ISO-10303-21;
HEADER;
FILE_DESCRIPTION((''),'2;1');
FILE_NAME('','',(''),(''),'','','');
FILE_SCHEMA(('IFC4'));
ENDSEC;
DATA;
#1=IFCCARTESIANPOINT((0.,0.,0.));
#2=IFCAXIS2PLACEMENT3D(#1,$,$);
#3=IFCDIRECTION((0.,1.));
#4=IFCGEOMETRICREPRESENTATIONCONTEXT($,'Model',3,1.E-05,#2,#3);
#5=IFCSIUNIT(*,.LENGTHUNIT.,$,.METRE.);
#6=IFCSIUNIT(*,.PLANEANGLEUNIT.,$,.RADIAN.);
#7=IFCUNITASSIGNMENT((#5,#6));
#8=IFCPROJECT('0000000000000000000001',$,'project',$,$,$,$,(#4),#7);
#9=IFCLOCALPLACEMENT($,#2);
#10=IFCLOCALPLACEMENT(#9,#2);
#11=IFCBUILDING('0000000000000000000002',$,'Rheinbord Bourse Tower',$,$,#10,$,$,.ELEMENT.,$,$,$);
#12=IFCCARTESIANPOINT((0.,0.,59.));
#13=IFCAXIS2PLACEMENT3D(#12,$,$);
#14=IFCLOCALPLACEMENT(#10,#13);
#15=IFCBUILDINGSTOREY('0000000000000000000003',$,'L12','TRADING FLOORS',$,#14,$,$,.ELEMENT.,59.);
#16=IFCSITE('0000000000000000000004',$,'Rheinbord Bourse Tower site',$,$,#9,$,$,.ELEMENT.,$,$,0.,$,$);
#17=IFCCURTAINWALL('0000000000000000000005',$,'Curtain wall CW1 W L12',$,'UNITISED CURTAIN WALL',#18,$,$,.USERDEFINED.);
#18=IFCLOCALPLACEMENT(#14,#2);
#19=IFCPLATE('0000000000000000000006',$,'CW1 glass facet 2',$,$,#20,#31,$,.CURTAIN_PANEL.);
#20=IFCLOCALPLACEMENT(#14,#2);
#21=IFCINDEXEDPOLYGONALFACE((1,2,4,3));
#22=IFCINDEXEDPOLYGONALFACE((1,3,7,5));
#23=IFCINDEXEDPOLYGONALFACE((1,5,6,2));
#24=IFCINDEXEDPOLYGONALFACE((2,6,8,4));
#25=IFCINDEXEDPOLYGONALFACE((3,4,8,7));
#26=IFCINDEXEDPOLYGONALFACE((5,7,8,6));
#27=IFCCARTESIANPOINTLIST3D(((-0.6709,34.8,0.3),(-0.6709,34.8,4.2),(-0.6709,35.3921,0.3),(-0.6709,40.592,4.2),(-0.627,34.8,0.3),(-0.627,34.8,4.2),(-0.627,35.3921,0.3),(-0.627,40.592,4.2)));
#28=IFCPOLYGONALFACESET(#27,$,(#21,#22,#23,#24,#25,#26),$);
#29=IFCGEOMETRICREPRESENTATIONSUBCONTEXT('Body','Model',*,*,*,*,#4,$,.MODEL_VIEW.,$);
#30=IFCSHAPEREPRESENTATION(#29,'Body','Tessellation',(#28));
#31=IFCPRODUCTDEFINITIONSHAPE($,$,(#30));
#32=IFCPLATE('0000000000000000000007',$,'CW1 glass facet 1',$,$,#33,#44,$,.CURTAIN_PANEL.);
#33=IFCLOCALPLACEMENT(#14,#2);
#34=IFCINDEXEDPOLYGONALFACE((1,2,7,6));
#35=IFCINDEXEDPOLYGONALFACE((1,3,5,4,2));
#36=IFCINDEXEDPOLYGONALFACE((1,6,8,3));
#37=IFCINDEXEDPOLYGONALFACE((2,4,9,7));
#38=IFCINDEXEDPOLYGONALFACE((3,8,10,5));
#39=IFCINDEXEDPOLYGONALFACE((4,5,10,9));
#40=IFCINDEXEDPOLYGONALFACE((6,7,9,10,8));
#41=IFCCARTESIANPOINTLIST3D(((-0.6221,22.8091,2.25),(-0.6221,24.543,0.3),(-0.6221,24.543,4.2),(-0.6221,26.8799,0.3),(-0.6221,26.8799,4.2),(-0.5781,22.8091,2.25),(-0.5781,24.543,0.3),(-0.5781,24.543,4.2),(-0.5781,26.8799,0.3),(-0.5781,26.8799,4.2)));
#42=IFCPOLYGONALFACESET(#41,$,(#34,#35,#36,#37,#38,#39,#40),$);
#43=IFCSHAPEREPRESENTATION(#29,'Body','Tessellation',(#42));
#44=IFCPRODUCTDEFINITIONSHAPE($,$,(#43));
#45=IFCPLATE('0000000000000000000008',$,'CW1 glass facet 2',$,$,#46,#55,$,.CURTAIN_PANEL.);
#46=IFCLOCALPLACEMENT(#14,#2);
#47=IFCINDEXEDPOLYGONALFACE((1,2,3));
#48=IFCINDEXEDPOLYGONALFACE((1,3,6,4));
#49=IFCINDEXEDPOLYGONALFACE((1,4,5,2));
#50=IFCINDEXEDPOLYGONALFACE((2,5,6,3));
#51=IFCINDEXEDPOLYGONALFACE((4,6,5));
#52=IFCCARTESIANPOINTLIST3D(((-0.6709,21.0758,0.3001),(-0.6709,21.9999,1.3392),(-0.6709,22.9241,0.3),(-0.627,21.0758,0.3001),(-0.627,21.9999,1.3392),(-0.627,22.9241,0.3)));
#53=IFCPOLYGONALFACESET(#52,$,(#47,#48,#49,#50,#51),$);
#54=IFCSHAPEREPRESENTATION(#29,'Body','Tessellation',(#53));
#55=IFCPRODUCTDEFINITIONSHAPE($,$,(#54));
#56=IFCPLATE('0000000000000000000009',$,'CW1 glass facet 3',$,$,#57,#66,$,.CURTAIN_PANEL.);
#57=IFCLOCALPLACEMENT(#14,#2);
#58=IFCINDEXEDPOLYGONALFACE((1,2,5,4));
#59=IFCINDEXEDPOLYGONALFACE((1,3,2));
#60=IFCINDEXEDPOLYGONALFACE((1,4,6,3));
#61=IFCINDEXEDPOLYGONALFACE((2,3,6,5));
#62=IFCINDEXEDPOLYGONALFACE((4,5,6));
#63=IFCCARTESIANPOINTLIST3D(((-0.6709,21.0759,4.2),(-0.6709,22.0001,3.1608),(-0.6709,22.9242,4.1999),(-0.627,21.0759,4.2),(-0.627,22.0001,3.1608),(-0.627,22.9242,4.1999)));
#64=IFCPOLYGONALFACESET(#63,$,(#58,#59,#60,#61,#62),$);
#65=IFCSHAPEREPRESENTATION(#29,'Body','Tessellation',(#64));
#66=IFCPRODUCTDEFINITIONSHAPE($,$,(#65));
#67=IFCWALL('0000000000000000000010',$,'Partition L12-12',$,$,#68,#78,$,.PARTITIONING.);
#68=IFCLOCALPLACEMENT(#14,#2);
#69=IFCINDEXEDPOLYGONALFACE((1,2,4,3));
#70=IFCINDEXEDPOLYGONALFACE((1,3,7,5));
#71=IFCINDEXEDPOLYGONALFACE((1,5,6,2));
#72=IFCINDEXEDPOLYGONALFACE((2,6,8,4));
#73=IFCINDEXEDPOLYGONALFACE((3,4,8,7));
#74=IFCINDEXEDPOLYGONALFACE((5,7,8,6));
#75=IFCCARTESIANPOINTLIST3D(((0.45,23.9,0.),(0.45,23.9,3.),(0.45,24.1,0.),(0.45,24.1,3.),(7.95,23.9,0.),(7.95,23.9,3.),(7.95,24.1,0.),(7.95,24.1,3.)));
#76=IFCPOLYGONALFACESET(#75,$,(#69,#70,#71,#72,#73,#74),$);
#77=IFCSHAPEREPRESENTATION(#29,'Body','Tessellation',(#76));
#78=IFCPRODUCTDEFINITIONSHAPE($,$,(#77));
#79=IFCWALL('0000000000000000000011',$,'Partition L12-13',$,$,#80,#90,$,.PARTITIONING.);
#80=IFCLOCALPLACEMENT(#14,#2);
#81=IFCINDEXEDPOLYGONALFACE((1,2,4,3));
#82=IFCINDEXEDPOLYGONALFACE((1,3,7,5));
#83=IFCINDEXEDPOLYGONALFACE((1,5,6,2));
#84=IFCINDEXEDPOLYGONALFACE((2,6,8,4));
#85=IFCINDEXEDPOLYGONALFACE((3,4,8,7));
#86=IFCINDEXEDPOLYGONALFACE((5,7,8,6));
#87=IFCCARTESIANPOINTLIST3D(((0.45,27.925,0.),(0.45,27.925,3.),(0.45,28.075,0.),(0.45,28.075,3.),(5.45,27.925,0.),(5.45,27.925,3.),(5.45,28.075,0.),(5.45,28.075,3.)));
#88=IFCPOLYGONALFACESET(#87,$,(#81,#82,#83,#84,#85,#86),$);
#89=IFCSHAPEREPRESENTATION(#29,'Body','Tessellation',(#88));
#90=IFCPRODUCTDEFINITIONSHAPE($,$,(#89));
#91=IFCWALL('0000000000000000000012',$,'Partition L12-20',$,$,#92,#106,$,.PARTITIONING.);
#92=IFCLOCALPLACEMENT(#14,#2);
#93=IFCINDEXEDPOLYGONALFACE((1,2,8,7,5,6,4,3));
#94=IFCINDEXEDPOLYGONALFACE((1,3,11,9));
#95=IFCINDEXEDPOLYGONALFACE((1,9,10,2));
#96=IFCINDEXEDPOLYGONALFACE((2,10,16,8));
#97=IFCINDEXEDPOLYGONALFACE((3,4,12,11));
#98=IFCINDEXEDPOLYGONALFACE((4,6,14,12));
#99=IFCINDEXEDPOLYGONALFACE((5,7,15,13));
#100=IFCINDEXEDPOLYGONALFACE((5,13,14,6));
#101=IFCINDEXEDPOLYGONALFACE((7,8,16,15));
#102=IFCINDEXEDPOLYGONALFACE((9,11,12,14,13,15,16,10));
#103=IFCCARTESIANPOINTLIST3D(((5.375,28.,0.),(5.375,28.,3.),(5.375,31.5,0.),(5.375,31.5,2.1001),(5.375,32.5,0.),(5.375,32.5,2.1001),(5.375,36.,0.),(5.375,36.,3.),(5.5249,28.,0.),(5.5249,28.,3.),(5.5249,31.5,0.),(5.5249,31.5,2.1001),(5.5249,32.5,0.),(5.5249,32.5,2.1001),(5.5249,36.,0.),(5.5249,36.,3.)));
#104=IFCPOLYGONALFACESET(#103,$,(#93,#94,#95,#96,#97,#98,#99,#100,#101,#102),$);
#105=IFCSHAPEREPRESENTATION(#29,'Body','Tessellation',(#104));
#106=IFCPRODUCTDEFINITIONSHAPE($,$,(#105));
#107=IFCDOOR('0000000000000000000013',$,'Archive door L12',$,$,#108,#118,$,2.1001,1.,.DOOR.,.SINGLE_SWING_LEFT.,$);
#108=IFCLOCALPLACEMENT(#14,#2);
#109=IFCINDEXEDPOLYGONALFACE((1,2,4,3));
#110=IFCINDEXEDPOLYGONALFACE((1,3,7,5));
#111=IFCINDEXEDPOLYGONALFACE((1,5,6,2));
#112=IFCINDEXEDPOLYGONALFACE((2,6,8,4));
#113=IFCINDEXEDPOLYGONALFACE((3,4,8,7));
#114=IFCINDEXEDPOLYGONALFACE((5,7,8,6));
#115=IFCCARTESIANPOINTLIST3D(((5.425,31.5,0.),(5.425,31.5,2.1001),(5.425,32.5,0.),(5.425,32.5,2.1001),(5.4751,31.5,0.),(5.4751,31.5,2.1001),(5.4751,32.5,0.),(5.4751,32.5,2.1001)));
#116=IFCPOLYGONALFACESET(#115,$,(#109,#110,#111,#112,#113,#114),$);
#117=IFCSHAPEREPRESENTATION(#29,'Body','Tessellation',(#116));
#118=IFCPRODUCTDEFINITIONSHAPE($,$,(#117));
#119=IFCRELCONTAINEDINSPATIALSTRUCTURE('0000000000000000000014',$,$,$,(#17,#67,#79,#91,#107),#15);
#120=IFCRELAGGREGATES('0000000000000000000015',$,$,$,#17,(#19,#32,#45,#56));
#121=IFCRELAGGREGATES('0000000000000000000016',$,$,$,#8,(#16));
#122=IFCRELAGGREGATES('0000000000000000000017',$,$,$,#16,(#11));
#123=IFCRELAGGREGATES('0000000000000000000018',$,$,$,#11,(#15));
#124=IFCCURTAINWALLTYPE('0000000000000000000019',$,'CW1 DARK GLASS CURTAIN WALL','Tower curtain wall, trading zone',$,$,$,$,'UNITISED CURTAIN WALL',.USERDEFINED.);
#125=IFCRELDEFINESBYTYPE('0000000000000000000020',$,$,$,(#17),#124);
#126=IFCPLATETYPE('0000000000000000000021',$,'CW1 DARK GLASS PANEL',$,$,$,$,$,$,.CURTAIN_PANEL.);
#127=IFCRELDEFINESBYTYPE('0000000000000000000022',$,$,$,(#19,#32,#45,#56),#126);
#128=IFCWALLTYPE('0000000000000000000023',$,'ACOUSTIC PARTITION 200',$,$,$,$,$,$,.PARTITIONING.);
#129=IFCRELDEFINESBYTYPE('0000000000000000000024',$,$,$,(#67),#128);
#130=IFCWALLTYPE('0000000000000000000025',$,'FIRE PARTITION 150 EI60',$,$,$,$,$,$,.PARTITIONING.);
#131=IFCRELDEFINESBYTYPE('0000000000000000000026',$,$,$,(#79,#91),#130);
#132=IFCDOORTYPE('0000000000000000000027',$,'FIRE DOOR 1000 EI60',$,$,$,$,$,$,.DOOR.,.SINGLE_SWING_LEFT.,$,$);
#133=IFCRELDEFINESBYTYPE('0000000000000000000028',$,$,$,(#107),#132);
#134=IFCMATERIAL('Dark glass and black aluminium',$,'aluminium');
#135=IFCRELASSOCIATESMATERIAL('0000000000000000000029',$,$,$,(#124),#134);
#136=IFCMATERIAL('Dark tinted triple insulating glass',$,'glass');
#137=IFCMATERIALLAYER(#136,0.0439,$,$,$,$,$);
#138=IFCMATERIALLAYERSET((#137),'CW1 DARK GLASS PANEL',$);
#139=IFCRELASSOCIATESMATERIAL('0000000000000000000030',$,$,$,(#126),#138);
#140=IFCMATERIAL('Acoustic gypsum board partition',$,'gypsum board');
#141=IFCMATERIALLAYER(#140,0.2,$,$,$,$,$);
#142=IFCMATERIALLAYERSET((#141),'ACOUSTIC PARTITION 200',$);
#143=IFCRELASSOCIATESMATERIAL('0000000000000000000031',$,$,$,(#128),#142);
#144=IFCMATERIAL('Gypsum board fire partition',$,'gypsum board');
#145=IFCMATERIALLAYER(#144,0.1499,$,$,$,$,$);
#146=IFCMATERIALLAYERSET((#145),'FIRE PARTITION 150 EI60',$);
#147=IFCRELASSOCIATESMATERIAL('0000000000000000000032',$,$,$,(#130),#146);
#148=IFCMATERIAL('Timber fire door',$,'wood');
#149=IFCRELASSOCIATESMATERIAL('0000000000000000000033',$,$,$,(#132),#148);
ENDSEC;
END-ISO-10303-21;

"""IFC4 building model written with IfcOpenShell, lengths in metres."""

from ifc_helpers import new_model, si_unit, direction, frame, frame_2d, origin, place, context, subcontext, project, spatial, polyline, rectangle, outline, extrude, material, layer, layer_set, type_object, element, fill, aggregate, save


model = new_model("IFC4")

# Units and contexts
model_context = context("Model", 3, precision=1e-05, world=origin(), true_north=direction((0.0, 1.0)))
body_context = subcontext(model_context, "Body", "Model", "MODEL_VIEW")
ifc_project = project(units=[si_unit("LENGTHUNIT", "METRE"), si_unit("PLANEANGLEUNIT", "RADIAN")], contexts=[model_context])

# Site, building, storey
site_placement = place(None, origin())
site = spatial("IfcSite", under=ifc_project, at=site_placement, Name="Rheinbord Bourse Tower site", CompositionType="ELEMENT", RefElevation=0.0)
building_placement = place(site_placement, origin())
building = spatial("IfcBuilding", under=site, at=building_placement, Name="Rheinbord Bourse Tower", CompositionType="ELEMENT")
storey_placement = place(building_placement, frame((0.0, 0.0, 59.0)))
storey = spatial("IfcBuildingStorey", under=building, at=storey_placement, Name="L12", Description="TRADING FLOORS", CompositionType="ELEMENT", Elevation=59.0)

# Curtain wall
ifc_material_1 = material(Name="Dark glass and black aluminium", Category="aluminium")
curtain_wall_type = type_object("IfcCurtainWallType", Name="CW1 DARK GLASS CURTAIN WALL", Description="Tower curtain wall, trading zone", ElementType="UNITISED CURTAIN WALL", PredefinedType="USERDEFINED", material=ifc_material_1)
curtain_wall_placement = place(storey_placement, origin())
curtain_wall = element("IfcCurtainWall", 1, at=curtain_wall_placement, inside=storey, type_object=curtain_wall_type, Name="Curtain wall CW1 W L12", ObjectType="UNITISED CURTAIN WALL", PredefinedType="USERDEFINED")

# Plates
ifc_material_2 = material(Name="Dark tinted triple insulating glass", Category="glass")
ifc_layer_1 = layer(ifc_material_2, 0.0439)
ifc_layer_set_1 = layer_set([ifc_layer_1], Name="CW1 DARK GLASS PANEL")
plate_type = type_object("IfcPlateType", Name="CW1 DARK GLASS PANEL", PredefinedType="CURTAIN_PANEL", material=ifc_layer_set_1)
plate_1_placement = place(storey_placement, frame((-0.6709, 34.8, 4.2), z_axis=(1.0, 0.0, 0.0), x_axis=(0.0, 0.0, -1.0)))
plate_1 = element("IfcPlate", 2, at=plate_1_placement, type_object=plate_type, Name="CW1 glass facet 2", PredefinedType="CURTAIN_PANEL", context=body_context, shape_type="SweptSolid", body=[
    extrude(outline(polyline([(0.0, 0.0), (3.8999, 0.0), (3.8999, 0.592), (0.0, 5.792), (0.0, 0.0)])), origin(), (0.0, 0.0, 1.0), 0.0439),
])
plate_2_placement = place(storey_placement, frame((-0.6221, 26.8799, 0.3), z_axis=(1.0, 0.0, 0.0), x_axis=(0.0, 0.0, 1.0)))
plate_2 = element("IfcPlate", 3, at=plate_2_placement, type_object=plate_type, Name="CW1 glass facet 1", PredefinedType="CURTAIN_PANEL", context=body_context, shape_type="SweptSolid", body=[
    extrude(outline(polyline([(0.0, 0.0), (3.8999, 0.0), (3.8999, 2.3369), (1.95, 4.0708), (0.0, 2.3369), (0.0, 0.0)])), origin(), (0.0, 0.0, 1.0), 0.0439),
])
plate_3_placement = place(storey_placement, frame((-0.6709, 22.9241, 0.3), z_axis=(1.0, 0.0, 0.0), x_axis=(0.0, -0.664549, 0.747245)))
plate_3 = element("IfcPlate", 4, at=plate_3_placement, type_object=plate_type, Name="CW1 glass facet 2", PredefinedType="CURTAIN_PANEL", context=body_context, shape_type="SweptSolid", body=[
    extrude(outline(polyline([(0.0, 0.0), (1.3906, 0.0), (1.2283, 1.3811), (0.0, 0.0)])), origin(), (0.0, 0.0, 1.0), 0.0439),
])
plate_4_placement = place(storey_placement, frame((-0.6709, 21.0759, 4.2), z_axis=(1.0, 0.0, 0.0), x_axis=(0.0, 0.664549, -0.747245)))
plate_4 = element("IfcPlate", 5, at=plate_4_placement, type_object=plate_type, Name="CW1 glass facet 3", PredefinedType="CURTAIN_PANEL", context=body_context, shape_type="SweptSolid", body=[
    extrude(outline(polyline([(0.0, 0.0), (1.3906, 0.0), (1.2283, 1.3811), (0.0, 0.0)])), origin(), (0.0, 0.0, 1.0), 0.0439),
])
aggregate(curtain_wall, [plate_1, plate_2, plate_3, plate_4])

# Walls
ifc_material_3 = material(Name="Acoustic gypsum board partition", Category="gypsum board")
ifc_layer_2 = layer(ifc_material_3, 0.2)
ifc_layer_set_2 = layer_set([ifc_layer_2], Name="ACOUSTIC PARTITION 200")
wall_type_1 = type_object("IfcWallType", Name="ACOUSTIC PARTITION 200", PredefinedType="PARTITIONING", material=ifc_layer_set_2)
wall_1_placement = place(storey_placement, frame((0.45, 24.0, 0.0), z_axis=(0.0, 0.0, 1.0), x_axis=(1.0, 0.0, 0.0)))
element("IfcWall", 6, at=wall_1_placement, inside=storey, type_object=wall_type_1, Name="Partition L12-12", PredefinedType="PARTITIONING", context=body_context, shape_type="SweptSolid", body=[
    extrude(rectangle(XDim=7.5, YDim=0.2, at=frame_2d((3.75, 0.0))), origin(), (0.0, 0.0, 1.0), 3.0),
])
ifc_material_4 = material(Name="Gypsum board fire partition", Category="gypsum board")
ifc_layer_3 = layer(ifc_material_4, 0.1499)
ifc_layer_set_3 = layer_set([ifc_layer_3], Name="FIRE PARTITION 150 EI60")
wall_type_2 = type_object("IfcWallType", Name="FIRE PARTITION 150 EI60", PredefinedType="PARTITIONING", material=ifc_layer_set_3)
wall_2_placement = place(storey_placement, frame((0.45, 28.0, 0.0), z_axis=(0.0, 0.0, 1.0), x_axis=(1.0, 0.0, 0.0)))
element("IfcWall", 7, at=wall_2_placement, inside=storey, type_object=wall_type_2, Name="Partition L12-13", PredefinedType="PARTITIONING", context=body_context, shape_type="SweptSolid", body=[
    extrude(rectangle(XDim=5.0, YDim=0.1499, at=frame_2d((2.5, 0.0))), origin(), (0.0, 0.0, 1.0), 3.0),
])

# Wall, opening, door
wall_3_placement = place(storey_placement, frame((5.45, 28.0, 0.0), z_axis=(0.0, 0.0, 1.0), x_axis=(0.0, 1.0, 0.0)))
wall_3 = element("IfcWall", 8, at=wall_3_placement, inside=storey, type_object=wall_type_2, Name="Partition L12-20", PredefinedType="PARTITIONING", context=body_context, shape_type="SweptSolid", body=[
    extrude(rectangle(XDim=8.0, YDim=0.1499, at=frame_2d((4.0, 0.0))), origin(), (0.0, 0.0, 1.0), 3.0),
])
opening_placement = place(wall_3_placement, frame((3.5, 0.0, 0.0)))
opening = element("IfcOpeningElement", 9, at=opening_placement, cuts=wall_3, PredefinedType="OPENING", context=body_context, shape_type="SweptSolid", body=[
    extrude(rectangle(XDim=1.0, YDim=2.1001, at=frame_2d((0.5, 1.05))), frame((0.0, 0.085, 0.0), z_axis=(0.0, -1.0, 0.0), x_axis=(1.0, 0.0, 0.0)), (0.0, 0.0, 1.0), 0.1699),
])
ifc_material_5 = material(Name="Timber fire door", Category="wood")
door_type = type_object("IfcDoorType", Name="FIRE DOOR 1000 EI60", OperationType="SINGLE_SWING_LEFT", PredefinedType="DOOR", material=ifc_material_5)
door_placement = place(opening_placement, origin())
door = element("IfcDoor", 10, at=door_placement, inside=storey, type_object=door_type, Name="Archive door L12", OperationType="SINGLE_SWING_LEFT", OverallHeight=2.1001, OverallWidth=1.0, PredefinedType="DOOR", context=body_context, shape_type="SweptSolid", body=[
    extrude(rectangle(XDim=1.0, YDim=2.1001, at=frame_2d((0.5, 1.05))), frame((0.0, 0.0249, 0.0), z_axis=(0.0, -1.0, 0.0), x_axis=(1.0, 0.0, 0.0)), (0.0, 0.0, 1.0), 0.05),
])
fill(opening, door)

save(model, "model.ifc")
